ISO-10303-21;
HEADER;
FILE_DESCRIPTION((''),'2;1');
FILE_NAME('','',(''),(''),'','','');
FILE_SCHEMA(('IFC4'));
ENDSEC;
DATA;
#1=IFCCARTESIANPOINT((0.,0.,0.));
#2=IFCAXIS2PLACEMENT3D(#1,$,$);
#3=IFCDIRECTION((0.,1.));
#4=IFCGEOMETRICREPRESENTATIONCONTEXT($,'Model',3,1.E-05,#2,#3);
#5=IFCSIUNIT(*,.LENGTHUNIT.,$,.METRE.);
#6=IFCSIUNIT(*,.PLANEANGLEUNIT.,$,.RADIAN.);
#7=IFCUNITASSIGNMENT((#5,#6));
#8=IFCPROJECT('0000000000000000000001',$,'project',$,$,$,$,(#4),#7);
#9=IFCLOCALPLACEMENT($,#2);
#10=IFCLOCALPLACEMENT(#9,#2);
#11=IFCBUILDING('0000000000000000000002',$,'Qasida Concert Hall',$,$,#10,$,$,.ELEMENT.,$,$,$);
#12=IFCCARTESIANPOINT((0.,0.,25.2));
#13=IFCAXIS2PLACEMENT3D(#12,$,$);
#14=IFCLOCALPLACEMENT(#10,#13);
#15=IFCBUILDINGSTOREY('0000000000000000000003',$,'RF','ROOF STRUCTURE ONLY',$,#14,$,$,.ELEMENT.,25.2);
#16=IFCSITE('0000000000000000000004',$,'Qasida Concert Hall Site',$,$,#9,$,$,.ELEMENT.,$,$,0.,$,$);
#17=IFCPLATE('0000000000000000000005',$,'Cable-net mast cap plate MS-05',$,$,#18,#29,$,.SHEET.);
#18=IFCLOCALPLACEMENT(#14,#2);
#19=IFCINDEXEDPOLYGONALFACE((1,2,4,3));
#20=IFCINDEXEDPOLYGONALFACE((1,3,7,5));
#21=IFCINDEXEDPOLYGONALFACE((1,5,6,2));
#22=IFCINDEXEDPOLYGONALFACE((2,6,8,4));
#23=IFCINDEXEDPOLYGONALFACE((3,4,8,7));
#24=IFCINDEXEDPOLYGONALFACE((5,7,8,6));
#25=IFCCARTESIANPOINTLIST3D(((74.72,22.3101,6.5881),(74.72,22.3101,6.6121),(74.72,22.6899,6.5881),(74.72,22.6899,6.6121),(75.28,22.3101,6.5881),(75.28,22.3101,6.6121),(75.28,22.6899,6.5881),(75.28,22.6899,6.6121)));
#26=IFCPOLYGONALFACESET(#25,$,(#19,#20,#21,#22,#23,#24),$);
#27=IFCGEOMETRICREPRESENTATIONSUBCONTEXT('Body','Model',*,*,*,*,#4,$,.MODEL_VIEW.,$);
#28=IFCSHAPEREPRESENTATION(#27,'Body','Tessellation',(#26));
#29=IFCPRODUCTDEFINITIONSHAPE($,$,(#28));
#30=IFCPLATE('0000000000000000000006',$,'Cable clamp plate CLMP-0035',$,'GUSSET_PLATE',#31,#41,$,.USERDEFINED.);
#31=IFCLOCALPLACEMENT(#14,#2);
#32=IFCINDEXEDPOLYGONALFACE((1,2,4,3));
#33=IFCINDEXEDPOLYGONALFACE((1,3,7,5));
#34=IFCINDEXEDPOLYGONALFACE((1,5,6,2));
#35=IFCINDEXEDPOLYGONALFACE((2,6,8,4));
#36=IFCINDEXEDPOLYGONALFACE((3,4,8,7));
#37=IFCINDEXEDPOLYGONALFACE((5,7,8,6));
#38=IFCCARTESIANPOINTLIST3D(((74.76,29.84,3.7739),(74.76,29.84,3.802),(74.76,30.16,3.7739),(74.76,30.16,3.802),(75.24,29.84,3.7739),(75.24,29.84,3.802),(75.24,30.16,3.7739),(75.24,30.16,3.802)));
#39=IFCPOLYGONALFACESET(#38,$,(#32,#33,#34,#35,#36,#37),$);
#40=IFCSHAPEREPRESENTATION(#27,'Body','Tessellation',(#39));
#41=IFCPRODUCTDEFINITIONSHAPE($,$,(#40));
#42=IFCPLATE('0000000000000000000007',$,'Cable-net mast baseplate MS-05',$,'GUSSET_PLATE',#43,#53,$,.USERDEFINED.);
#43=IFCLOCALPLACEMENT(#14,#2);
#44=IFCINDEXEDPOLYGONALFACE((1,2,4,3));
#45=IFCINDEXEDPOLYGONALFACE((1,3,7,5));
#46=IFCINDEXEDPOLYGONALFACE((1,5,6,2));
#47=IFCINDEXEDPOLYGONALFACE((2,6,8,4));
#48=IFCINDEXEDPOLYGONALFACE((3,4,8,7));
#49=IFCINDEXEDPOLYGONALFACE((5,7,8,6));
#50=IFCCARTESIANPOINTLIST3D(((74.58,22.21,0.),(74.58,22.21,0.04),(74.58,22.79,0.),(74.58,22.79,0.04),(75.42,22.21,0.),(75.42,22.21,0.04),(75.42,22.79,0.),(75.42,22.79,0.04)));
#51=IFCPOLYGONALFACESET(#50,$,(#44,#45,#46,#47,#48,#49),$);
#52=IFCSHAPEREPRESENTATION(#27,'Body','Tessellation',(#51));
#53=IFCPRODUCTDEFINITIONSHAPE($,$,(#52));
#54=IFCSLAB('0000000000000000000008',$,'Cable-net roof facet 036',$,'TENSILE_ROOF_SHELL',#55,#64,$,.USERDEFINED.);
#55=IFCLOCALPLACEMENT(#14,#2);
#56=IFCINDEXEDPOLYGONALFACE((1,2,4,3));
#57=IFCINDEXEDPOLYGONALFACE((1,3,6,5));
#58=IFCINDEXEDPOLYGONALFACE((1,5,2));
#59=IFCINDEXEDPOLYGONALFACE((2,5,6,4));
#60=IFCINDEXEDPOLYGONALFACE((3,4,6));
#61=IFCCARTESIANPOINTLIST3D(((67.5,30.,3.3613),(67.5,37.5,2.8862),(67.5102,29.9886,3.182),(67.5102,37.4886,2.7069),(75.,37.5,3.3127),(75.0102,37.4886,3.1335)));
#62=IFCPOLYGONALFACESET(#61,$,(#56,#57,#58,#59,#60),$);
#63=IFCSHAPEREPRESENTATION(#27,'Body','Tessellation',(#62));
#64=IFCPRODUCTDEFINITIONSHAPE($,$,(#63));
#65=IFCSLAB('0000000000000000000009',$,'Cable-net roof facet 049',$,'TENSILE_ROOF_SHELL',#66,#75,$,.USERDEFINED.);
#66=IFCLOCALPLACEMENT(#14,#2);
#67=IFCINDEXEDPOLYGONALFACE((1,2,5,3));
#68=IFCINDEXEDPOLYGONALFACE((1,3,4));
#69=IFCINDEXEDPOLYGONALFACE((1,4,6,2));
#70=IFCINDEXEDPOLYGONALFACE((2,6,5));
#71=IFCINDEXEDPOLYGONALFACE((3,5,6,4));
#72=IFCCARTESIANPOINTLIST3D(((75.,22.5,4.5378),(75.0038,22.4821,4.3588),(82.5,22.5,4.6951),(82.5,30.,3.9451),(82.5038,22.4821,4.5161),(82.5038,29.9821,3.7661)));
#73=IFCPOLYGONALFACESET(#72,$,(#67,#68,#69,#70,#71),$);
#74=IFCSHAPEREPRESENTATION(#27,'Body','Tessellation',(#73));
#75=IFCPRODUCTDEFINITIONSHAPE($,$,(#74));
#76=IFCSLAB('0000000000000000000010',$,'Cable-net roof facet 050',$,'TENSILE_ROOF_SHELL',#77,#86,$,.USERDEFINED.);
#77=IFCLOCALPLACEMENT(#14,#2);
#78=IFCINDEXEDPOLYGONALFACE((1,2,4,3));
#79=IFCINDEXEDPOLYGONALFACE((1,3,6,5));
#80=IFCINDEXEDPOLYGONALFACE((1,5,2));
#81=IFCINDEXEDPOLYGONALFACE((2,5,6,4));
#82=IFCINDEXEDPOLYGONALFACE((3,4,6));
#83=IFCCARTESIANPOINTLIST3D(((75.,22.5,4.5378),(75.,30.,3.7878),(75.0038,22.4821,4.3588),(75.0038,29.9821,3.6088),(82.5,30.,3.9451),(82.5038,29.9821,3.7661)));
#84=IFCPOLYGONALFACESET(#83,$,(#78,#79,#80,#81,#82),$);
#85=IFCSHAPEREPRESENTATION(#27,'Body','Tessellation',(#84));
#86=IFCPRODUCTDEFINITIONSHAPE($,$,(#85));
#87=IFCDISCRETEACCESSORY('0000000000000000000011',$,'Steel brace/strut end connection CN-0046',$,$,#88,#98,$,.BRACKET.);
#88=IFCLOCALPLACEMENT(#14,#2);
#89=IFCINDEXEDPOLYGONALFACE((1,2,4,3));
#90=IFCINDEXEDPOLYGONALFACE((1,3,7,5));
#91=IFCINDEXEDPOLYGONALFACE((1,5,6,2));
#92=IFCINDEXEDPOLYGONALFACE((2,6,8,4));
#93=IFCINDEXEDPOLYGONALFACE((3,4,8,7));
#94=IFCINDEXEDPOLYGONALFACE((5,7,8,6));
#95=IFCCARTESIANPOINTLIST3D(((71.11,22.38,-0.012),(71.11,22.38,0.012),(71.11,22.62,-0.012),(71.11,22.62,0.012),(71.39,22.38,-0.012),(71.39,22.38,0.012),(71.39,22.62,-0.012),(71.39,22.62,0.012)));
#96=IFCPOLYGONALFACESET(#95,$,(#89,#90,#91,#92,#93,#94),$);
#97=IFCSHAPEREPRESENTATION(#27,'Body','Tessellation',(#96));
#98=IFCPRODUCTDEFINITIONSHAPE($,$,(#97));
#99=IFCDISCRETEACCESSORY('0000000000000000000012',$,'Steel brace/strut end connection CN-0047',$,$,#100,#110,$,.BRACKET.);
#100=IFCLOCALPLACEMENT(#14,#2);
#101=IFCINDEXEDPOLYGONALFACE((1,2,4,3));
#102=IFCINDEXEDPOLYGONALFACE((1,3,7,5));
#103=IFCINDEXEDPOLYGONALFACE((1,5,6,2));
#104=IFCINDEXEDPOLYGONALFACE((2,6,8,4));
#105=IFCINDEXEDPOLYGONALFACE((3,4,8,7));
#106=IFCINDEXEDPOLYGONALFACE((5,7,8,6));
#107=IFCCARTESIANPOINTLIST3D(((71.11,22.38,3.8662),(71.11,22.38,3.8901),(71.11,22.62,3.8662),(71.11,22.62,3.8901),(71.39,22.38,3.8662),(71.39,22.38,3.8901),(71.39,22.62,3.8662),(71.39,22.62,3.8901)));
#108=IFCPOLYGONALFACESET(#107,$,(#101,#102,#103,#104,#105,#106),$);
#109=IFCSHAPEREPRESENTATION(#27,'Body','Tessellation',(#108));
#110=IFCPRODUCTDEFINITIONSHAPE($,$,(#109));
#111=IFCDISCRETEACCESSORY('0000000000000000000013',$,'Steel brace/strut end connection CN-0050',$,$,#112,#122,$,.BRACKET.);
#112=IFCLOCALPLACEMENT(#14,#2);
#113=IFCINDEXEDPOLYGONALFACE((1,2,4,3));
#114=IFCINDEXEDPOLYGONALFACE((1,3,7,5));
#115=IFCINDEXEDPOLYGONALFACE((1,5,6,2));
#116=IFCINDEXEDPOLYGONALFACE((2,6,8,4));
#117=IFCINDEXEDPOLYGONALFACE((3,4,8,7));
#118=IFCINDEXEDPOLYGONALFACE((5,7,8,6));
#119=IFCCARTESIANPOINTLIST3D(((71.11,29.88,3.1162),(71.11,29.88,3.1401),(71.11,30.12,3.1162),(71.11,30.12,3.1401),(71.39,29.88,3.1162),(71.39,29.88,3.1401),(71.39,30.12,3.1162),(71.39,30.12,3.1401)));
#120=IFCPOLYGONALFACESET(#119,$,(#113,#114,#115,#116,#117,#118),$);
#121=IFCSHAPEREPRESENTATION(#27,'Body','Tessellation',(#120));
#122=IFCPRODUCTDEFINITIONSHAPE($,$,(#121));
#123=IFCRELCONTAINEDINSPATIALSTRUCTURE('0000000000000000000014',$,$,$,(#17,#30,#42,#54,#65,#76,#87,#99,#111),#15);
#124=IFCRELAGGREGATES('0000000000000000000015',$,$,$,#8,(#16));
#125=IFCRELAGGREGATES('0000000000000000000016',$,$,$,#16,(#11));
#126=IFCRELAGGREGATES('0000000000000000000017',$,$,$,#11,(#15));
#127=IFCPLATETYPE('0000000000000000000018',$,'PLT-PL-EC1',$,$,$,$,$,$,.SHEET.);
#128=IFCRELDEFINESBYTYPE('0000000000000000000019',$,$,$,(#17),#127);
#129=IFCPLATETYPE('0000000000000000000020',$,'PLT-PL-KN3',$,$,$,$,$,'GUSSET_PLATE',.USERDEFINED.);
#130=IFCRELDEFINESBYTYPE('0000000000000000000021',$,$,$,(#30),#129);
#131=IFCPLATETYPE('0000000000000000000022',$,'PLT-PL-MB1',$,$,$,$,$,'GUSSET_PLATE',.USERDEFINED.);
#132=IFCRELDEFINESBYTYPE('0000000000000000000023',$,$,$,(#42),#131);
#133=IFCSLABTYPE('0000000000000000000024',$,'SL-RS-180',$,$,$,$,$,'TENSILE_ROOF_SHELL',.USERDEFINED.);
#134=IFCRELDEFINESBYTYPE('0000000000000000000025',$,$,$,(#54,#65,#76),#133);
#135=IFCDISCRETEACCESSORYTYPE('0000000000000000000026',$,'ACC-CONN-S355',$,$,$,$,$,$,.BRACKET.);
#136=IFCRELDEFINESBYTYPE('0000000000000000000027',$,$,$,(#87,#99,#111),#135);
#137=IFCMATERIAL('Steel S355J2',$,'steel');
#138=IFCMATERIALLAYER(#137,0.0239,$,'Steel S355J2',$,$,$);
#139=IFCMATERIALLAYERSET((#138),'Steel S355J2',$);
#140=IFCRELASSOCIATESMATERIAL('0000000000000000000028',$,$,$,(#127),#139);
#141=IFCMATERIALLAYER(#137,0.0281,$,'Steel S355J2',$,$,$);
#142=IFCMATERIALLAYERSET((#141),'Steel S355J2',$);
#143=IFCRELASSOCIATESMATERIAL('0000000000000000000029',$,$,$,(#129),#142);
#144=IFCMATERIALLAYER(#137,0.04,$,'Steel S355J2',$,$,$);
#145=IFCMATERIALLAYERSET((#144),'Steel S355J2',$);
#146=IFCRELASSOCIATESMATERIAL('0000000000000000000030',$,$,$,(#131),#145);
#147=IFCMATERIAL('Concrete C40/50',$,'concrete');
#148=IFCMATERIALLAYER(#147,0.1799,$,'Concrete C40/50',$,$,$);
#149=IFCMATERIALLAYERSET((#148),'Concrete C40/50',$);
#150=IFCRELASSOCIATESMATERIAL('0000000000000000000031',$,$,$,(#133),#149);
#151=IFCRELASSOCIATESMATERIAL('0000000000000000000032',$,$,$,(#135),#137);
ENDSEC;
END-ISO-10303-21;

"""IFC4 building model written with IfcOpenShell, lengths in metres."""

from ifc_helpers import new_model, si_unit, direction, frame, origin, origin_2d, place, context, subcontext, project, spatial, polyline, rectangle, outline, extrude, material, layer, layer_set, type_object, element, save


model = new_model("IFC4")

# Units and contexts
model_context = context("Model", 3, precision=1e-05, world=origin(), true_north=direction((0.0, 1.0)))
body_context = subcontext(model_context, "Body", "Model", "MODEL_VIEW")
ifc_project = project(units=[si_unit("LENGTHUNIT", "METRE"), si_unit("PLANEANGLEUNIT", "RADIAN")], contexts=[model_context])

# Site, building, storey
site_placement = place(None, origin())
site = spatial("IfcSite", under=ifc_project, at=site_placement, Name="Qasida Concert Hall Site", CompositionType="ELEMENT", RefElevation=0.0)
building_placement = place(site_placement, origin())
building = spatial("IfcBuilding", under=site, at=building_placement, Name="Qasida Concert Hall", CompositionType="ELEMENT")
storey_placement = place(building_placement, frame((0.0, 0.0, 25.2)))
storey = spatial("IfcBuildingStorey", under=building, at=storey_placement, Name="RF", Description="ROOF STRUCTURE ONLY", CompositionType="ELEMENT", Elevation=25.2)

# Shared definitions
ifc_material_1 = material(Name="Steel S355J2", Category="steel")

# Plates
ifc_layer_1 = layer(ifc_material_1, 0.0239, Name="Steel S355J2")
ifc_layer_set_1 = layer_set([ifc_layer_1], Name="Steel S355J2")
plate_type_1 = type_object("IfcPlateType", Name="PLT-PL-EC1", PredefinedType="SHEET", material=ifc_layer_set_1)
plate_1_placement = place(storey_placement, frame((75.0, 22.5, 6.5881), z_axis=(0.0, 0.0, 1.0), x_axis=(1.0, 0.0, 0.0)))
element("IfcPlate", 1, at=plate_1_placement, inside=storey, type_object=plate_type_1, Name="Cable-net mast cap plate MS-05", PredefinedType="SHEET", context=body_context, shape_type="SweptSolid", body=[
    extrude(rectangle(XDim=0.5601, YDim=0.3799, at=origin_2d()), origin(), (0.0, 0.0, 1.0), 0.0239),
])
ifc_layer_2 = layer(ifc_material_1, 0.0281, Name="Steel S355J2")
ifc_layer_set_2 = layer_set([ifc_layer_2], Name="Steel S355J2")
plate_type_2 = type_object("IfcPlateType", Name="PLT-PL-KN3", ElementType="GUSSET_PLATE", PredefinedType="USERDEFINED", material=ifc_layer_set_2)
plate_2_placement = place(storey_placement, frame((75.0, 30.0, 3.7739), z_axis=(0.0, 0.0, 1.0), x_axis=(1.0, 0.0, 0.0)))
element("IfcPlate", 2, at=plate_2_placement, inside=storey, type_object=plate_type_2, Name="Cable clamp plate CLMP-0035", ObjectType="GUSSET_PLATE", PredefinedType="USERDEFINED", context=body_context, shape_type="SweptSolid", body=[
    extrude(rectangle(XDim=0.48, YDim=0.3201, at=origin_2d()), origin(), (0.0, 0.0, 1.0), 0.0281),
])
ifc_layer_3 = layer(ifc_material_1, 0.04, Name="Steel S355J2")
ifc_layer_set_3 = layer_set([ifc_layer_3], Name="Steel S355J2")
plate_type_3 = type_object("IfcPlateType", Name="PLT-PL-MB1", ElementType="GUSSET_PLATE", PredefinedType="USERDEFINED", material=ifc_layer_set_3)
plate_3_placement = place(storey_placement, frame((75.0, 22.5, 0.0), z_axis=(0.0, 0.0, 1.0), x_axis=(1.0, 0.0, 0.0)))
element("IfcPlate", 3, at=plate_3_placement, inside=storey, type_object=plate_type_3, Name="Cable-net mast baseplate MS-05", ObjectType="GUSSET_PLATE", PredefinedType="USERDEFINED", context=body_context, shape_type="SweptSolid", body=[
    extrude(rectangle(XDim=0.8401, YDim=0.5801, at=origin_2d()), origin(), (0.0, 0.0, 1.0), 0.04),
])

# Slabs
ifc_material_2 = material(Name="Concrete C40/50", Category="concrete")
ifc_layer_4 = layer(ifc_material_2, 0.1799, Name="Concrete C40/50")
ifc_layer_set_4 = layer_set([ifc_layer_4], Name="Concrete C40/50")
slab_type = type_object("IfcSlabType", Name="SL-RS-180", ElementType="TENSILE_ROOF_SHELL", PredefinedType="USERDEFINED", material=ifc_layer_set_4)
slab_1_placement = place(storey_placement, frame((67.5, 30.0, 3.3613), z_axis=(-0.056664, 0.063118, 0.996396), x_axis=(0.707099, 0.707099, -0.00458)))
element("IfcSlab", 4, at=slab_1_placement, inside=storey, type_object=slab_type, Name="Cable-net roof facet 036", ObjectType="TENSILE_ROOF_SHELL", PredefinedType="USERDEFINED", context=body_context, shape_type="SweptSolid", body=[
    extrude(outline(polyline([(0.0, 0.0), (10.6067, 0.0), (5.3054, 5.3224), (0.0, 0.0)])), origin(), (0.0, 0.0, -1.0), 0.1799),
])
slab_2_placement = place(storey_placement, frame((75.0, 22.5, 4.5378), z_axis=(-0.020855, 0.099482, 0.994821), x_axis=(0.99978, 0.0, 0.020959)))
element("IfcSlab", 5, at=slab_2_placement, inside=storey, type_object=slab_type, Name="Cable-net roof facet 049", ObjectType="TENSILE_ROOF_SHELL", PredefinedType="USERDEFINED", context=body_context, shape_type="SweptSolid", body=[
    extrude(outline(polyline([(0.0, 0.0), (7.5016, 0.0), (7.4859, 7.5374), (0.0, 0.0)])), origin(), (0.0, 0.0, -1.0), 0.1799),
])
slab_3_placement = place(storey_placement, frame((75.0, 22.5, 4.5378), z_axis=(-0.020855, 0.099482, 0.994821), x_axis=(0.706005, 0.706005, -0.0558)))
element("IfcSlab", 6, at=slab_3_placement, inside=storey, type_object=slab_type, Name="Cable-net roof facet 050", ObjectType="TENSILE_ROOF_SHELL", PredefinedType="USERDEFINED", context=body_context, shape_type="SweptSolid", body=[
    extrude(outline(polyline([(0.0, 0.0), (10.6232, 0.0), (5.3369, 5.3226), (0.0, 0.0)])), origin(), (0.0, 0.0, -1.0), 0.1799),
])

# Discrete accessories
discrete_accessory_type = type_object("IfcDiscreteAccessoryType", Name="ACC-CONN-S355", PredefinedType="BRACKET", material=ifc_material_1)
for number, where, z_axis, x_axis, name in (
    (7, (71.25, 22.5, -0.012), (0.0, 0.0, 1.0), (1.0, 0.0, 0.0), "Steel brace/strut end connection CN-0046"),
    (8, (71.25, 22.5, 3.8662), (0.0, 0.0, 1.0), (1.0, 0.0, 0.0), "Steel brace/strut end connection CN-0047"),
    (9, (71.25, 30.0, 3.1162), (0.0, 0.0, 1.0), (1.0, 0.0, 0.0), "Steel brace/strut end connection CN-0050"),
):
    element("IfcDiscreteAccessory", number, at=place(storey_placement, frame(where, z_axis=z_axis, x_axis=x_axis)), inside=storey, type_object=discrete_accessory_type, Name=name, PredefinedType="BRACKET", context=body_context, shape_type="SweptSolid", body=[
        extrude(rectangle(XDim=0.28, YDim=0.24, at=origin_2d()), origin(), (0.0, 0.0, 1.0), 0.0239),
    ])

save(model, "model.ifc")
